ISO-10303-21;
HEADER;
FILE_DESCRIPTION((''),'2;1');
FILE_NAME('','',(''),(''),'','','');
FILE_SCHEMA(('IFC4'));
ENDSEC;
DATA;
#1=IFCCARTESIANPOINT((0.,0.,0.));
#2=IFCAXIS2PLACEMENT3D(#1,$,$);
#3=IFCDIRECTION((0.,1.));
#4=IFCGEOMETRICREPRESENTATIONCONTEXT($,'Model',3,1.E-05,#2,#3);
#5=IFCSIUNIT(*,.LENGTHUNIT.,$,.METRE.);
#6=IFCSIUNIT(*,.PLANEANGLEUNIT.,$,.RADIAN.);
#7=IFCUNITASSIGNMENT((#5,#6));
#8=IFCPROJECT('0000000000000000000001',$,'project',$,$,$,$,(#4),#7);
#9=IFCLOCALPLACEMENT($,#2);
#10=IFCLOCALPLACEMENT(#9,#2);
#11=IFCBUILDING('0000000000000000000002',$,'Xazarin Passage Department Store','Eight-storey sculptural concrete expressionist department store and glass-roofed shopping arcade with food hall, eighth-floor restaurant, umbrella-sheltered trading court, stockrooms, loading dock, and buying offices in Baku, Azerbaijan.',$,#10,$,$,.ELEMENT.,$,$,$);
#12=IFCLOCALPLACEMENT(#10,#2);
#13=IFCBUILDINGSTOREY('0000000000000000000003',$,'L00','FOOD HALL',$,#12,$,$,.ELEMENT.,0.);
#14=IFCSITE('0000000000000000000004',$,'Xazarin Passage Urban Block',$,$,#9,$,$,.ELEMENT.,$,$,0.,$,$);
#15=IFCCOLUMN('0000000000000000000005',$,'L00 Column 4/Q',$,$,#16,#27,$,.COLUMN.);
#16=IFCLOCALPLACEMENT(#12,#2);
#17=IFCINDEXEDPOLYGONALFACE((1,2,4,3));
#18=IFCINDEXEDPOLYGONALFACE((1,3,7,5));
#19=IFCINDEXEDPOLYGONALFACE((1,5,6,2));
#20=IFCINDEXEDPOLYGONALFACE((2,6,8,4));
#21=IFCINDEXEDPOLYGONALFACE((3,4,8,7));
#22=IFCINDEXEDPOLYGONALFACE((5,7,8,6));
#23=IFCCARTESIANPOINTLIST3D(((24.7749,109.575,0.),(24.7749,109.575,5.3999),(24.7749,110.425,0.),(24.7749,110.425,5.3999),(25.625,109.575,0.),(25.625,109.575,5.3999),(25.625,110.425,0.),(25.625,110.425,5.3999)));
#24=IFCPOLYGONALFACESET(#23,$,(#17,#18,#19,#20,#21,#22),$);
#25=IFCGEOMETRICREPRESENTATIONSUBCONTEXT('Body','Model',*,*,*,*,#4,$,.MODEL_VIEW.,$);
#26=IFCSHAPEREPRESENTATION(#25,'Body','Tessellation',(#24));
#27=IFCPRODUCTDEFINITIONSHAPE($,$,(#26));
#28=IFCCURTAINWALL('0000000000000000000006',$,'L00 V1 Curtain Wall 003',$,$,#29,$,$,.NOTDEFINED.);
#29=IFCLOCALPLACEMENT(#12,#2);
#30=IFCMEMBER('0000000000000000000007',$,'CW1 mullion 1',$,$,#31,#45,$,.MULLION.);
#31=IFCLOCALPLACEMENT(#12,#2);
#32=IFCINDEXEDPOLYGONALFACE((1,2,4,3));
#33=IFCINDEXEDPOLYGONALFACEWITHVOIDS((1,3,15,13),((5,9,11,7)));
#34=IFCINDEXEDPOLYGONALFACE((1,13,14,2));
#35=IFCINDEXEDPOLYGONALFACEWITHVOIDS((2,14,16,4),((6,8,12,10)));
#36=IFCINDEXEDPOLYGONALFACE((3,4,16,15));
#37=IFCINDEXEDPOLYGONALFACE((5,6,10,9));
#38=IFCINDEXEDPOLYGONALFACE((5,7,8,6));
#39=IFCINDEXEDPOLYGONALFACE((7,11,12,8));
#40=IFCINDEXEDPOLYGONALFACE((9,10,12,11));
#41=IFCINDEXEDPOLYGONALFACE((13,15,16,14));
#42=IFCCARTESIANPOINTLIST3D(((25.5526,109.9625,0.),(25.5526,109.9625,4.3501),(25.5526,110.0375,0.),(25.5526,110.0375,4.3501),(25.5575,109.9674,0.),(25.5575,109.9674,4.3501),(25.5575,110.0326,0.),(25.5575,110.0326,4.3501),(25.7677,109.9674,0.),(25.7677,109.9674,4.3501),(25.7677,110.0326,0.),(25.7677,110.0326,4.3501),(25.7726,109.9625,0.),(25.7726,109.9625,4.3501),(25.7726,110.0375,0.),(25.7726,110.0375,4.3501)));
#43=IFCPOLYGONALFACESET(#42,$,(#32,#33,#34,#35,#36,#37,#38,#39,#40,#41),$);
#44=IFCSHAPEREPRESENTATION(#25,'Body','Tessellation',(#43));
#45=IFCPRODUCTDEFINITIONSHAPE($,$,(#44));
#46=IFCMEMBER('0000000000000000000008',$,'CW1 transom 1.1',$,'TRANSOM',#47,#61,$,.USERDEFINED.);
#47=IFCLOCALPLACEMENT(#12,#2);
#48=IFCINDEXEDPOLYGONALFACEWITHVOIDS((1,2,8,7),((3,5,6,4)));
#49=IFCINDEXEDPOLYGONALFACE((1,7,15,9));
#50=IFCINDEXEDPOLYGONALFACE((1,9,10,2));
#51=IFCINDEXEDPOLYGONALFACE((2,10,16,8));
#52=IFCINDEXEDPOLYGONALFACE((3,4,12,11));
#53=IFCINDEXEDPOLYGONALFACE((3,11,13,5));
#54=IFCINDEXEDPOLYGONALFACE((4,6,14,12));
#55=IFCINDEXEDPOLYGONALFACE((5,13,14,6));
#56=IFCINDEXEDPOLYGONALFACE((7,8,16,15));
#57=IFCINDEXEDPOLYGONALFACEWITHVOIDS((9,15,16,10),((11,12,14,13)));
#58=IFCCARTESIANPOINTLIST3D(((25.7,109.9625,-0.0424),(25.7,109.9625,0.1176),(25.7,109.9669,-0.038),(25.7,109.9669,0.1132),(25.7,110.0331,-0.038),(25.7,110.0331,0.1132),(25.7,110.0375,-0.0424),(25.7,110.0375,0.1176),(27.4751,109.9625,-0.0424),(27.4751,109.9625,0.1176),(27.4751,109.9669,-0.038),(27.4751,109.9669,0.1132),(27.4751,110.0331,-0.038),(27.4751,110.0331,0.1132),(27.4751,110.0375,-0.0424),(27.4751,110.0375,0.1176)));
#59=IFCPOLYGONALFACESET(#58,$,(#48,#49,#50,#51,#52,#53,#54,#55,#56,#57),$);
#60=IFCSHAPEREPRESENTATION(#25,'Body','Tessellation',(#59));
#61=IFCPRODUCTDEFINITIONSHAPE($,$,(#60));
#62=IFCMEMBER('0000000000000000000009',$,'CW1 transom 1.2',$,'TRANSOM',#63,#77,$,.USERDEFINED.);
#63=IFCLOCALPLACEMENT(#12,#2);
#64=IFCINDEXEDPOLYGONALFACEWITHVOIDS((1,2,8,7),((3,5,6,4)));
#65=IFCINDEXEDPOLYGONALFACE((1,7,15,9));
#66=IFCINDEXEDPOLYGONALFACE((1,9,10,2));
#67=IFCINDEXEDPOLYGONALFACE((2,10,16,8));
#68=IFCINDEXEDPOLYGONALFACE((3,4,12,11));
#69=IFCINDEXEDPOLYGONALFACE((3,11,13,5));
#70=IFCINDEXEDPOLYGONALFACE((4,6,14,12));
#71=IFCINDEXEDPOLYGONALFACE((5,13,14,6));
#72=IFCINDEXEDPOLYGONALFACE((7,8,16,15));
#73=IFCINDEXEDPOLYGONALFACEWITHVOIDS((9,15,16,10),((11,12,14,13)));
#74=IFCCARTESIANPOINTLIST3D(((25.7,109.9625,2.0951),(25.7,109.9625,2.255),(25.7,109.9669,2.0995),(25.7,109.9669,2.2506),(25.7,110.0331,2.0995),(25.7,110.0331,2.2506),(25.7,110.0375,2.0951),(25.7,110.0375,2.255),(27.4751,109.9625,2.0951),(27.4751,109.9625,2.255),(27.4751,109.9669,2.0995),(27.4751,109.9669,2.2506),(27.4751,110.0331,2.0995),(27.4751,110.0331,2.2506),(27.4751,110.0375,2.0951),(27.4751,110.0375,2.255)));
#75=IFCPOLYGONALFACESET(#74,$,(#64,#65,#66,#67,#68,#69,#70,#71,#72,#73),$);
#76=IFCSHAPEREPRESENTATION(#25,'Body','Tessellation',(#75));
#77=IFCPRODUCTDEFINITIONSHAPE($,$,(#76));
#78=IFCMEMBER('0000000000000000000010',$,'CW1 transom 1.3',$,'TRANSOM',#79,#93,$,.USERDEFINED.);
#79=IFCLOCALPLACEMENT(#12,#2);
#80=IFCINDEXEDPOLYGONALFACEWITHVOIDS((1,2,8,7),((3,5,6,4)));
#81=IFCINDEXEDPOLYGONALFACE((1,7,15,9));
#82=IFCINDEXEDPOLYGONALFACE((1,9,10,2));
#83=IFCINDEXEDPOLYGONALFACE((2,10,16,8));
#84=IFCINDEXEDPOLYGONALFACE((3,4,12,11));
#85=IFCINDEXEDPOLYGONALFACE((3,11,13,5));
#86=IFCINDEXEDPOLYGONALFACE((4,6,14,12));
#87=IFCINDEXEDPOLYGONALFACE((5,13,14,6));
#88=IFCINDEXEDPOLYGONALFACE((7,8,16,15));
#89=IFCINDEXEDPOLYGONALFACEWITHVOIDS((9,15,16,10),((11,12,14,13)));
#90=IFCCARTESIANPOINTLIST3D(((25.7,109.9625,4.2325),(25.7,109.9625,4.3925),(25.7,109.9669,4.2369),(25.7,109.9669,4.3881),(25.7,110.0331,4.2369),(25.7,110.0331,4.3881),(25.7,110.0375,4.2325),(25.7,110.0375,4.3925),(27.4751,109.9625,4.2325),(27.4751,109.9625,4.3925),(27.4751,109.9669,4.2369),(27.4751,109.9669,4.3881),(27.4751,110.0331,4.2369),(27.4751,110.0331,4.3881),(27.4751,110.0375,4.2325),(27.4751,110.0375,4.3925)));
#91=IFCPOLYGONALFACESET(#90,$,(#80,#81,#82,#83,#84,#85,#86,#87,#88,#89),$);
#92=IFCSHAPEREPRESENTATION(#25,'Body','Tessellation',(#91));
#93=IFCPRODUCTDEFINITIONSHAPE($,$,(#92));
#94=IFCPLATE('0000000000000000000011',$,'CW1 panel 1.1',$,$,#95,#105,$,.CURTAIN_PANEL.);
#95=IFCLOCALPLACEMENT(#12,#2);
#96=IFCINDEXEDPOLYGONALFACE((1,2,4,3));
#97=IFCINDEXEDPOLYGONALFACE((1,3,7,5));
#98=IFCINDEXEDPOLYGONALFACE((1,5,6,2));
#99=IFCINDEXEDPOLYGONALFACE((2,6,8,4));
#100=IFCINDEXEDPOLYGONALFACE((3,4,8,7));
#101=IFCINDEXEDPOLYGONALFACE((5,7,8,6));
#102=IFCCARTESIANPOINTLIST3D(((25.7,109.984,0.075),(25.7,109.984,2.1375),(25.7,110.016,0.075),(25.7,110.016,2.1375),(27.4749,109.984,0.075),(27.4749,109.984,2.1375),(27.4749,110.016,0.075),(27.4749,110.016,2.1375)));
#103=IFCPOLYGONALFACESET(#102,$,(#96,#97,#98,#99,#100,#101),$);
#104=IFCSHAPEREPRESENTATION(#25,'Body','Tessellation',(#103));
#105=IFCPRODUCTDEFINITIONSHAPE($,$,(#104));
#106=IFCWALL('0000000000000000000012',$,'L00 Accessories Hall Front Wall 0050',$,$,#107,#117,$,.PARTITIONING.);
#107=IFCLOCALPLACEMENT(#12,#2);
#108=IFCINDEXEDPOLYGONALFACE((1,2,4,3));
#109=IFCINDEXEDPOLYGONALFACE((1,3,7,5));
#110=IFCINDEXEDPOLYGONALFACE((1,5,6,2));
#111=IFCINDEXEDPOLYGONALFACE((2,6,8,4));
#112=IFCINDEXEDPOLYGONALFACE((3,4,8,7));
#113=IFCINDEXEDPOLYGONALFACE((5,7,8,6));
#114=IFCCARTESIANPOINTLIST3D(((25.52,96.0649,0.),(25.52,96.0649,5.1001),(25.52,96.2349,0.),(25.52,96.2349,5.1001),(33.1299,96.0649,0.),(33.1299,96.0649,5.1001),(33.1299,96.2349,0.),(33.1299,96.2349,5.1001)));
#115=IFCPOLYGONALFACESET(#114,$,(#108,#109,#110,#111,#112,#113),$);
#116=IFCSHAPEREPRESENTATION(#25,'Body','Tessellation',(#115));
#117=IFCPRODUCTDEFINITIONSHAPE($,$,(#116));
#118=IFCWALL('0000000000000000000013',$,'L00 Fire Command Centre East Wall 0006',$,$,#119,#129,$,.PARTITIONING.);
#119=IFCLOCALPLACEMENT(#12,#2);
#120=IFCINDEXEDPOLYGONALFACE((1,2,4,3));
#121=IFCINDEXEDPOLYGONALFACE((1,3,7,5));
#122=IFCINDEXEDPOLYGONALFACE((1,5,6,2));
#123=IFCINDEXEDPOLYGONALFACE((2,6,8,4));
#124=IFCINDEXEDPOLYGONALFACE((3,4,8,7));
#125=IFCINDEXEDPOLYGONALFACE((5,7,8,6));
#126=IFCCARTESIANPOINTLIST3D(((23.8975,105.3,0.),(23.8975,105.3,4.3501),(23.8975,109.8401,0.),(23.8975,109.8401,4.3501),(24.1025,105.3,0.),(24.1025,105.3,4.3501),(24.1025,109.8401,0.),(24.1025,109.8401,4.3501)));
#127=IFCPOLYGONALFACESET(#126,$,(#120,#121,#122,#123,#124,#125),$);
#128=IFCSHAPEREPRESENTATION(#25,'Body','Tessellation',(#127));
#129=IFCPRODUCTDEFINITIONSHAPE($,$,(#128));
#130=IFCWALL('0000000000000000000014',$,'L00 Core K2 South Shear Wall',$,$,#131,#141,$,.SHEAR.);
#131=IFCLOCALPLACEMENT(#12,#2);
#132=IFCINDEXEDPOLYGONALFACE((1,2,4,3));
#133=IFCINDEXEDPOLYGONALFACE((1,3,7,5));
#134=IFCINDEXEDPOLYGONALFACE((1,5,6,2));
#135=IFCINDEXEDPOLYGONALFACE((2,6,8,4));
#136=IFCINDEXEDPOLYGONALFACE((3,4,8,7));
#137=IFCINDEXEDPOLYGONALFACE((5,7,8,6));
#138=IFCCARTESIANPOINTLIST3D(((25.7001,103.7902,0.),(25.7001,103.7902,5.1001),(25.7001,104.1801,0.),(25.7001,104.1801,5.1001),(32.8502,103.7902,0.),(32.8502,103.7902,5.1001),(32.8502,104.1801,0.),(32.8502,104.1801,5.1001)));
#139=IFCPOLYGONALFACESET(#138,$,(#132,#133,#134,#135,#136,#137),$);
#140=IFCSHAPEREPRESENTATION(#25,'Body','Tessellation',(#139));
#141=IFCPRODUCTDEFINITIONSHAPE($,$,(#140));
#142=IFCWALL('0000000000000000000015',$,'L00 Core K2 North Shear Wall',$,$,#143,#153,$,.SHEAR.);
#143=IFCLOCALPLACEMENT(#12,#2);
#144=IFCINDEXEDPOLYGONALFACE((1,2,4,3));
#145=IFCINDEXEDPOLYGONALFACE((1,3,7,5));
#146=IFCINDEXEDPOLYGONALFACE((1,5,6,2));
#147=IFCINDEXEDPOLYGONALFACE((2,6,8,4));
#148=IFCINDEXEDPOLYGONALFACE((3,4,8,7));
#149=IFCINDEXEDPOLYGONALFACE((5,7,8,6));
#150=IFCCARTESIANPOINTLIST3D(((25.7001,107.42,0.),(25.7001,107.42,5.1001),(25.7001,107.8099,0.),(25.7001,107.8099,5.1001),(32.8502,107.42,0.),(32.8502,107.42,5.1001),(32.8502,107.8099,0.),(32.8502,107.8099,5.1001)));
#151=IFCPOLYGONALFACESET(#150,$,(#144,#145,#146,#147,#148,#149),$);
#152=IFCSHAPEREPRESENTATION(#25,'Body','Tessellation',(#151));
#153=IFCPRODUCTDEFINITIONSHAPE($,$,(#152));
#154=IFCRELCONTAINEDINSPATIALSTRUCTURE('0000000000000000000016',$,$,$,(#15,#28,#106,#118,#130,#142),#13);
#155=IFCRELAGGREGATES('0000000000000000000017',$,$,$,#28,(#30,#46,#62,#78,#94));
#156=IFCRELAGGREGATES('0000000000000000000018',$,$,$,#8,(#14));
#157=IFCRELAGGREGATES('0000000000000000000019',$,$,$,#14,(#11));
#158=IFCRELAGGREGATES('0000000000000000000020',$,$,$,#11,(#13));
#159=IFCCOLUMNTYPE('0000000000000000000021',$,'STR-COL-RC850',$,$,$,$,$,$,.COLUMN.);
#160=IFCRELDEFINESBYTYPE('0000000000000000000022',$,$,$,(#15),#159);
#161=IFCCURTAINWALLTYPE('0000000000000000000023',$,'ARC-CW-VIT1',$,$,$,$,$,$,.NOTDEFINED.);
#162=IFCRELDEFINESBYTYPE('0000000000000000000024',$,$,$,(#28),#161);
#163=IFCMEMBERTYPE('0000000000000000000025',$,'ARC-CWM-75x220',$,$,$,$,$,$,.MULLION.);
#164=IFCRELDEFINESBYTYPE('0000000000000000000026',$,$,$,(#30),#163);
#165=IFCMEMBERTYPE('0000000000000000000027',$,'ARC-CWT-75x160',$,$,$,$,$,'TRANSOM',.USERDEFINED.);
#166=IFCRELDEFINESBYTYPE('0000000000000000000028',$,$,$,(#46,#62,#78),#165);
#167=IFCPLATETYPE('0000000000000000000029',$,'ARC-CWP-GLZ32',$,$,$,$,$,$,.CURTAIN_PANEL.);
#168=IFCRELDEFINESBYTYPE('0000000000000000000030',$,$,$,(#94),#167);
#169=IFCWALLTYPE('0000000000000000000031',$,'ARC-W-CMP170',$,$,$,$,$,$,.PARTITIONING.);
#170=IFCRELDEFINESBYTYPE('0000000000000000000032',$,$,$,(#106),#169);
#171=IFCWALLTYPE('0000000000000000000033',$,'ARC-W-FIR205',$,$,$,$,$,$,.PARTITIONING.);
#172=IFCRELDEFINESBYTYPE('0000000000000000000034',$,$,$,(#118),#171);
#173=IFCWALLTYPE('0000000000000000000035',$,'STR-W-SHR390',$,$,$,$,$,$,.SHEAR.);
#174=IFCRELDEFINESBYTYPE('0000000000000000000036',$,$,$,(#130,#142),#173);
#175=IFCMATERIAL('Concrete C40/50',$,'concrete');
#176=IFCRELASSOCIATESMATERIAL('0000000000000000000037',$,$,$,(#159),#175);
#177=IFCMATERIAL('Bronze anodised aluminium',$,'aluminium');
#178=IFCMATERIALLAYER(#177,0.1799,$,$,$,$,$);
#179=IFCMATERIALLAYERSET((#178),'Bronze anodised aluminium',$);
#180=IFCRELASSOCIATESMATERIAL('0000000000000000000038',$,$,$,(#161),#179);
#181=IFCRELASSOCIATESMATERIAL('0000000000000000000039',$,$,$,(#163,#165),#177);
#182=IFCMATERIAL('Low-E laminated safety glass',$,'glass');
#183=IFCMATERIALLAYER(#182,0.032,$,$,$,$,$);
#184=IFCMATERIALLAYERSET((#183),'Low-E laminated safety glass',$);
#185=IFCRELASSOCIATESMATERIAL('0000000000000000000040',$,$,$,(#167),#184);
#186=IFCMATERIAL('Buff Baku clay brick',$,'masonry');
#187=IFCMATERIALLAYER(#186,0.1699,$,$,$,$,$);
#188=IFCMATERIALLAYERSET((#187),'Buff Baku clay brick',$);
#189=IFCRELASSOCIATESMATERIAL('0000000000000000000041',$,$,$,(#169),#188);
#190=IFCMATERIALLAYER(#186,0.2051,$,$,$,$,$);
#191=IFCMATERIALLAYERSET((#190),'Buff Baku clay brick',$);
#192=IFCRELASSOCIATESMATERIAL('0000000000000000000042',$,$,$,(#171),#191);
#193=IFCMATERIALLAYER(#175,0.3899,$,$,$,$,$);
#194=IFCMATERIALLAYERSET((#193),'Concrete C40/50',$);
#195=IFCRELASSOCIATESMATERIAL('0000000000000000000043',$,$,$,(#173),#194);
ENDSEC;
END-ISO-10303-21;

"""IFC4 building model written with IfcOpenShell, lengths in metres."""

from ifc_helpers import new_model, si_unit, direction, frame, frame_2d, origin, origin_2d, place, context, subcontext, project, spatial, rectangle, hollow_rectangle, extrude, material, layer, layer_set, material_profile, profile_set, type_object, element, aggregate, save


model = new_model("IFC4")

# Units and contexts
model_context = context("Model", 3, precision=1e-05, world=origin(), true_north=direction((0.0, 1.0)))
body_context = subcontext(model_context, "Body", "Model", "MODEL_VIEW")
ifc_project = project(units=[si_unit("LENGTHUNIT", "METRE"), si_unit("PLANEANGLEUNIT", "RADIAN")], contexts=[model_context])

# Site, building, storey
site_placement = place(None, origin())
site = spatial("IfcSite", under=ifc_project, at=site_placement, Name="Xazarin Passage Urban Block", CompositionType="ELEMENT", RefElevation=0.0)
building_placement = place(site_placement, origin())
building = spatial("IfcBuilding", under=site, at=building_placement, Name="Xazarin Passage Department Store", Description="Eight-storey sculptural concrete expressionist department store and glass-roofed shopping arcade with food hall, eighth-floor restaurant, umbrella-sheltered trading court, stockrooms, loading dock, and buying offices in Baku, Azerbaijan.", CompositionType="ELEMENT")
storey_placement = place(building_placement, origin())
storey = spatial("IfcBuildingStorey", under=building, at=storey_placement, Name="L00", Description="FOOD HALL", CompositionType="ELEMENT", Elevation=0.0)

# Column
ifc_material_1 = material(Name="Concrete C40/50", Category="concrete")
ifc_material_profile_1 = material_profile(ifc_material_1, rectangle(XDim=0.8501, YDim=0.8501, at=origin_2d()), Name="RC 850x850")
ifc_profile_set_1 = profile_set([ifc_material_profile_1], Name="Concrete C40/50")
column_type = type_object("IfcColumnType", Name="STR-COL-RC850", PredefinedType="COLUMN", material=ifc_profile_set_1)
for number, where, z_axis, x_axis, name in (
    (1, (25.2, 110.0, 0.0), (0.0, 0.0, 1.0), (1.0, 0.0, 0.0), "L00 Column 4/Q"),
):
    element("IfcColumn", number, at=place(storey_placement, frame(where, z_axis=z_axis, x_axis=x_axis)), inside=storey, type_object=column_type, Name=name, PredefinedType="COLUMN", context=body_context, shape_type="SweptSolid", body=[
        extrude(rectangle(XDim=0.8501, YDim=0.8501, at=origin_2d()), origin(), (0.0, 0.0, 1.0), 5.3999),
    ])

# Curtain wall, members, plate
ifc_material_2 = material(Name="Bronze anodised aluminium", Category="aluminium")
ifc_layer_1 = layer(ifc_material_2, 0.1799)
ifc_layer_set_1 = layer_set([ifc_layer_1], Name="Bronze anodised aluminium")
curtain_wall_type = type_object("IfcCurtainWallType", Name="ARC-CW-VIT1", PredefinedType="NOTDEFINED", material=ifc_layer_set_1)
curtain_wall_placement = place(storey_placement, origin())
curtain_wall = element("IfcCurtainWall", 2, at=curtain_wall_placement, inside=storey, type_object=curtain_wall_type, Name="L00 V1 Curtain Wall 003", PredefinedType="NOTDEFINED")
ifc_material_profile_2 = material_profile(ifc_material_2, hollow_rectangle(XDim=0.075, YDim=0.22, WallThickness=0.0049, at=origin_2d()), Name="ALU 75x220")
ifc_profile_set_2 = profile_set([ifc_material_profile_2], Name="Bronze anodised aluminium")
member_type_1 = type_object("IfcMemberType", Name="ARC-CWM-75x220", PredefinedType="MULLION", material=ifc_profile_set_2)
member_1_placement = place(storey_placement, frame((25.6626, 110.0, 0.0), z_axis=(0.0, 0.0, 1.0), x_axis=(0.0, 1.0, 0.0)))
member_1 = element("IfcMember", 3, at=member_1_placement, type_object=member_type_1, Name="CW1 mullion 1", PredefinedType="MULLION", context=body_context, shape_type="SweptSolid", body=[
    extrude(hollow_rectangle(XDim=0.075, YDim=0.22, WallThickness=0.0049, at=origin_2d()), origin(), (0.0, 0.0, 1.0), 4.3501),
])
ifc_material_profile_3 = material_profile(ifc_material_2, hollow_rectangle(XDim=0.075, YDim=0.1599, WallThickness=0.0044, at=origin_2d()), Name="ALU 75x160")
ifc_profile_set_3 = profile_set([ifc_material_profile_3], Name="Bronze anodised aluminium")
member_type_2 = type_object("IfcMemberType", Name="ARC-CWT-75x160", ElementType="TRANSOM", PredefinedType="USERDEFINED", material=ifc_profile_set_3)
member_2_placement = place(storey_placement, frame((25.7, 110.0, 0.0376), z_axis=(1.0, 0.0, 0.0), x_axis=(0.0, 1.0, 0.0)))
member_2 = element("IfcMember", 4, at=member_2_placement, type_object=member_type_2, Name="CW1 transom 1.1", ObjectType="TRANSOM", PredefinedType="USERDEFINED", context=body_context, shape_type="SweptSolid", body=[
    extrude(hollow_rectangle(XDim=0.075, YDim=0.1599, WallThickness=0.0044, at=origin_2d()), origin(), (0.0, 0.0, 1.0), 1.7751),
])
member_3_placement = place(storey_placement, frame((25.7, 110.0, 2.175), z_axis=(1.0, 0.0, 0.0), x_axis=(0.0, 1.0, 0.0)))
member_3 = element("IfcMember", 5, at=member_3_placement, type_object=member_type_2, Name="CW1 transom 1.2", ObjectType="TRANSOM", PredefinedType="USERDEFINED", context=body_context, shape_type="SweptSolid", body=[
    extrude(hollow_rectangle(XDim=0.075, YDim=0.1599, WallThickness=0.0044, at=origin_2d()), origin(), (0.0, 0.0, 1.0), 1.7751),
])
member_4_placement = place(storey_placement, frame((25.7, 110.0, 4.3125), z_axis=(1.0, 0.0, 0.0), x_axis=(0.0, 1.0, 0.0)))
member_4 = element("IfcMember", 6, at=member_4_placement, type_object=member_type_2, Name="CW1 transom 1.3", ObjectType="TRANSOM", PredefinedType="USERDEFINED", context=body_context, shape_type="SweptSolid", body=[
    extrude(hollow_rectangle(XDim=0.075, YDim=0.1599, WallThickness=0.0044, at=origin_2d()), origin(), (0.0, 0.0, 1.0), 1.7751),
])
ifc_material_3 = material(Name="Low-E laminated safety glass", Category="glass")
ifc_layer_2 = layer(ifc_material_3, 0.032)
ifc_layer_set_2 = layer_set([ifc_layer_2], Name="Low-E laminated safety glass")
plate_type = type_object("IfcPlateType", Name="ARC-CWP-GLZ32", PredefinedType="CURTAIN_PANEL", material=ifc_layer_set_2)
plate_placement = place(storey_placement, frame((26.5874, 110.0, 0.075), z_axis=(0.0, 0.0, 1.0), x_axis=(1.0, 0.0, 0.0)))
plate = element("IfcPlate", 7, at=plate_placement, type_object=plate_type, Name="CW1 panel 1.1", PredefinedType="CURTAIN_PANEL", context=body_context, shape_type="SweptSolid", body=[
    extrude(rectangle(XDim=1.7749, YDim=0.032, at=origin_2d()), origin(), (0.0, 0.0, 1.0), 2.0625),
])
aggregate(curtain_wall, [member_1, member_2, member_3, member_4, plate])

# Walls
ifc_material_4 = material(Name="Buff Baku clay brick", Category="masonry")
ifc_layer_3 = layer(ifc_material_4, 0.1699)
ifc_layer_set_3 = layer_set([ifc_layer_3], Name="Buff Baku clay brick")
wall_type_1 = type_object("IfcWallType", Name="ARC-W-CMP170", PredefinedType="PARTITIONING", material=ifc_layer_set_3)
wall_1_placement = place(storey_placement, frame((25.52, 96.1499, 0.0), z_axis=(0.0, 0.0, 1.0), x_axis=(1.0, 0.0, 0.0)))
element("IfcWall", 8, at=wall_1_placement, inside=storey, type_object=wall_type_1, Name="L00 Accessories Hall Front Wall 0050", PredefinedType="PARTITIONING", context=body_context, shape_type="SweptSolid", body=[
    extrude(rectangle(XDim=7.6099, YDim=0.1699, at=frame_2d((3.8049, 0.0))), origin(), (0.0, 0.0, 1.0), 5.1001),
])
ifc_layer_4 = layer(ifc_material_4, 0.2051)
ifc_layer_set_4 = layer_set([ifc_layer_4], Name="Buff Baku clay brick")
wall_type_2 = type_object("IfcWallType", Name="ARC-W-FIR205", PredefinedType="PARTITIONING", material=ifc_layer_set_4)
wall_2_placement = place(storey_placement, frame((24.0, 105.3, 0.0), z_axis=(0.0, 0.0, 1.0), x_axis=(0.0, 1.0, 0.0)))
element("IfcWall", 9, at=wall_2_placement, inside=storey, type_object=wall_type_2, Name="L00 Fire Command Centre East Wall 0006", PredefinedType="PARTITIONING", context=body_context, shape_type="SweptSolid", body=[
    extrude(rectangle(XDim=4.54, YDim=0.2051, at=frame_2d((2.27, 0.0))), origin(), (0.0, 0.0, 1.0), 4.3501),
])

# Shared definitions
ifc_layer_5 = layer(ifc_material_1, 0.3899)
ifc_layer_set_5 = layer_set([ifc_layer_5], Name="Concrete C40/50")
wall_type_3 = type_object("IfcWallType", Name="STR-W-SHR390", PredefinedType="SHEAR", material=ifc_layer_set_5)

# Walls
for number, where, z_axis, x_axis, name in (
    (10, (25.7, 103.9851, 0.0), (0.0, 0.0, 1.0), (1.0, 0.0, 0.0), "L00 Core K2 South Shear Wall"),
    (11, (25.7, 107.615, 0.0), (0.0, 0.0, 1.0), (1.0, 0.0, 0.0), "L00 Core K2 North Shear Wall"),
):
    element("IfcWall", number, at=place(storey_placement, frame(where, z_axis=z_axis, x_axis=x_axis)), inside=storey, type_object=wall_type_3, Name=name, PredefinedType="SHEAR", context=body_context, shape_type="SweptSolid", body=[
        extrude(rectangle(XDim=7.1501, YDim=0.3899, at=frame_2d((3.5752, 0.0))), origin(), (0.0, 0.0, 1.0), 5.1001),
    ])

save(model, "model.ifc")
